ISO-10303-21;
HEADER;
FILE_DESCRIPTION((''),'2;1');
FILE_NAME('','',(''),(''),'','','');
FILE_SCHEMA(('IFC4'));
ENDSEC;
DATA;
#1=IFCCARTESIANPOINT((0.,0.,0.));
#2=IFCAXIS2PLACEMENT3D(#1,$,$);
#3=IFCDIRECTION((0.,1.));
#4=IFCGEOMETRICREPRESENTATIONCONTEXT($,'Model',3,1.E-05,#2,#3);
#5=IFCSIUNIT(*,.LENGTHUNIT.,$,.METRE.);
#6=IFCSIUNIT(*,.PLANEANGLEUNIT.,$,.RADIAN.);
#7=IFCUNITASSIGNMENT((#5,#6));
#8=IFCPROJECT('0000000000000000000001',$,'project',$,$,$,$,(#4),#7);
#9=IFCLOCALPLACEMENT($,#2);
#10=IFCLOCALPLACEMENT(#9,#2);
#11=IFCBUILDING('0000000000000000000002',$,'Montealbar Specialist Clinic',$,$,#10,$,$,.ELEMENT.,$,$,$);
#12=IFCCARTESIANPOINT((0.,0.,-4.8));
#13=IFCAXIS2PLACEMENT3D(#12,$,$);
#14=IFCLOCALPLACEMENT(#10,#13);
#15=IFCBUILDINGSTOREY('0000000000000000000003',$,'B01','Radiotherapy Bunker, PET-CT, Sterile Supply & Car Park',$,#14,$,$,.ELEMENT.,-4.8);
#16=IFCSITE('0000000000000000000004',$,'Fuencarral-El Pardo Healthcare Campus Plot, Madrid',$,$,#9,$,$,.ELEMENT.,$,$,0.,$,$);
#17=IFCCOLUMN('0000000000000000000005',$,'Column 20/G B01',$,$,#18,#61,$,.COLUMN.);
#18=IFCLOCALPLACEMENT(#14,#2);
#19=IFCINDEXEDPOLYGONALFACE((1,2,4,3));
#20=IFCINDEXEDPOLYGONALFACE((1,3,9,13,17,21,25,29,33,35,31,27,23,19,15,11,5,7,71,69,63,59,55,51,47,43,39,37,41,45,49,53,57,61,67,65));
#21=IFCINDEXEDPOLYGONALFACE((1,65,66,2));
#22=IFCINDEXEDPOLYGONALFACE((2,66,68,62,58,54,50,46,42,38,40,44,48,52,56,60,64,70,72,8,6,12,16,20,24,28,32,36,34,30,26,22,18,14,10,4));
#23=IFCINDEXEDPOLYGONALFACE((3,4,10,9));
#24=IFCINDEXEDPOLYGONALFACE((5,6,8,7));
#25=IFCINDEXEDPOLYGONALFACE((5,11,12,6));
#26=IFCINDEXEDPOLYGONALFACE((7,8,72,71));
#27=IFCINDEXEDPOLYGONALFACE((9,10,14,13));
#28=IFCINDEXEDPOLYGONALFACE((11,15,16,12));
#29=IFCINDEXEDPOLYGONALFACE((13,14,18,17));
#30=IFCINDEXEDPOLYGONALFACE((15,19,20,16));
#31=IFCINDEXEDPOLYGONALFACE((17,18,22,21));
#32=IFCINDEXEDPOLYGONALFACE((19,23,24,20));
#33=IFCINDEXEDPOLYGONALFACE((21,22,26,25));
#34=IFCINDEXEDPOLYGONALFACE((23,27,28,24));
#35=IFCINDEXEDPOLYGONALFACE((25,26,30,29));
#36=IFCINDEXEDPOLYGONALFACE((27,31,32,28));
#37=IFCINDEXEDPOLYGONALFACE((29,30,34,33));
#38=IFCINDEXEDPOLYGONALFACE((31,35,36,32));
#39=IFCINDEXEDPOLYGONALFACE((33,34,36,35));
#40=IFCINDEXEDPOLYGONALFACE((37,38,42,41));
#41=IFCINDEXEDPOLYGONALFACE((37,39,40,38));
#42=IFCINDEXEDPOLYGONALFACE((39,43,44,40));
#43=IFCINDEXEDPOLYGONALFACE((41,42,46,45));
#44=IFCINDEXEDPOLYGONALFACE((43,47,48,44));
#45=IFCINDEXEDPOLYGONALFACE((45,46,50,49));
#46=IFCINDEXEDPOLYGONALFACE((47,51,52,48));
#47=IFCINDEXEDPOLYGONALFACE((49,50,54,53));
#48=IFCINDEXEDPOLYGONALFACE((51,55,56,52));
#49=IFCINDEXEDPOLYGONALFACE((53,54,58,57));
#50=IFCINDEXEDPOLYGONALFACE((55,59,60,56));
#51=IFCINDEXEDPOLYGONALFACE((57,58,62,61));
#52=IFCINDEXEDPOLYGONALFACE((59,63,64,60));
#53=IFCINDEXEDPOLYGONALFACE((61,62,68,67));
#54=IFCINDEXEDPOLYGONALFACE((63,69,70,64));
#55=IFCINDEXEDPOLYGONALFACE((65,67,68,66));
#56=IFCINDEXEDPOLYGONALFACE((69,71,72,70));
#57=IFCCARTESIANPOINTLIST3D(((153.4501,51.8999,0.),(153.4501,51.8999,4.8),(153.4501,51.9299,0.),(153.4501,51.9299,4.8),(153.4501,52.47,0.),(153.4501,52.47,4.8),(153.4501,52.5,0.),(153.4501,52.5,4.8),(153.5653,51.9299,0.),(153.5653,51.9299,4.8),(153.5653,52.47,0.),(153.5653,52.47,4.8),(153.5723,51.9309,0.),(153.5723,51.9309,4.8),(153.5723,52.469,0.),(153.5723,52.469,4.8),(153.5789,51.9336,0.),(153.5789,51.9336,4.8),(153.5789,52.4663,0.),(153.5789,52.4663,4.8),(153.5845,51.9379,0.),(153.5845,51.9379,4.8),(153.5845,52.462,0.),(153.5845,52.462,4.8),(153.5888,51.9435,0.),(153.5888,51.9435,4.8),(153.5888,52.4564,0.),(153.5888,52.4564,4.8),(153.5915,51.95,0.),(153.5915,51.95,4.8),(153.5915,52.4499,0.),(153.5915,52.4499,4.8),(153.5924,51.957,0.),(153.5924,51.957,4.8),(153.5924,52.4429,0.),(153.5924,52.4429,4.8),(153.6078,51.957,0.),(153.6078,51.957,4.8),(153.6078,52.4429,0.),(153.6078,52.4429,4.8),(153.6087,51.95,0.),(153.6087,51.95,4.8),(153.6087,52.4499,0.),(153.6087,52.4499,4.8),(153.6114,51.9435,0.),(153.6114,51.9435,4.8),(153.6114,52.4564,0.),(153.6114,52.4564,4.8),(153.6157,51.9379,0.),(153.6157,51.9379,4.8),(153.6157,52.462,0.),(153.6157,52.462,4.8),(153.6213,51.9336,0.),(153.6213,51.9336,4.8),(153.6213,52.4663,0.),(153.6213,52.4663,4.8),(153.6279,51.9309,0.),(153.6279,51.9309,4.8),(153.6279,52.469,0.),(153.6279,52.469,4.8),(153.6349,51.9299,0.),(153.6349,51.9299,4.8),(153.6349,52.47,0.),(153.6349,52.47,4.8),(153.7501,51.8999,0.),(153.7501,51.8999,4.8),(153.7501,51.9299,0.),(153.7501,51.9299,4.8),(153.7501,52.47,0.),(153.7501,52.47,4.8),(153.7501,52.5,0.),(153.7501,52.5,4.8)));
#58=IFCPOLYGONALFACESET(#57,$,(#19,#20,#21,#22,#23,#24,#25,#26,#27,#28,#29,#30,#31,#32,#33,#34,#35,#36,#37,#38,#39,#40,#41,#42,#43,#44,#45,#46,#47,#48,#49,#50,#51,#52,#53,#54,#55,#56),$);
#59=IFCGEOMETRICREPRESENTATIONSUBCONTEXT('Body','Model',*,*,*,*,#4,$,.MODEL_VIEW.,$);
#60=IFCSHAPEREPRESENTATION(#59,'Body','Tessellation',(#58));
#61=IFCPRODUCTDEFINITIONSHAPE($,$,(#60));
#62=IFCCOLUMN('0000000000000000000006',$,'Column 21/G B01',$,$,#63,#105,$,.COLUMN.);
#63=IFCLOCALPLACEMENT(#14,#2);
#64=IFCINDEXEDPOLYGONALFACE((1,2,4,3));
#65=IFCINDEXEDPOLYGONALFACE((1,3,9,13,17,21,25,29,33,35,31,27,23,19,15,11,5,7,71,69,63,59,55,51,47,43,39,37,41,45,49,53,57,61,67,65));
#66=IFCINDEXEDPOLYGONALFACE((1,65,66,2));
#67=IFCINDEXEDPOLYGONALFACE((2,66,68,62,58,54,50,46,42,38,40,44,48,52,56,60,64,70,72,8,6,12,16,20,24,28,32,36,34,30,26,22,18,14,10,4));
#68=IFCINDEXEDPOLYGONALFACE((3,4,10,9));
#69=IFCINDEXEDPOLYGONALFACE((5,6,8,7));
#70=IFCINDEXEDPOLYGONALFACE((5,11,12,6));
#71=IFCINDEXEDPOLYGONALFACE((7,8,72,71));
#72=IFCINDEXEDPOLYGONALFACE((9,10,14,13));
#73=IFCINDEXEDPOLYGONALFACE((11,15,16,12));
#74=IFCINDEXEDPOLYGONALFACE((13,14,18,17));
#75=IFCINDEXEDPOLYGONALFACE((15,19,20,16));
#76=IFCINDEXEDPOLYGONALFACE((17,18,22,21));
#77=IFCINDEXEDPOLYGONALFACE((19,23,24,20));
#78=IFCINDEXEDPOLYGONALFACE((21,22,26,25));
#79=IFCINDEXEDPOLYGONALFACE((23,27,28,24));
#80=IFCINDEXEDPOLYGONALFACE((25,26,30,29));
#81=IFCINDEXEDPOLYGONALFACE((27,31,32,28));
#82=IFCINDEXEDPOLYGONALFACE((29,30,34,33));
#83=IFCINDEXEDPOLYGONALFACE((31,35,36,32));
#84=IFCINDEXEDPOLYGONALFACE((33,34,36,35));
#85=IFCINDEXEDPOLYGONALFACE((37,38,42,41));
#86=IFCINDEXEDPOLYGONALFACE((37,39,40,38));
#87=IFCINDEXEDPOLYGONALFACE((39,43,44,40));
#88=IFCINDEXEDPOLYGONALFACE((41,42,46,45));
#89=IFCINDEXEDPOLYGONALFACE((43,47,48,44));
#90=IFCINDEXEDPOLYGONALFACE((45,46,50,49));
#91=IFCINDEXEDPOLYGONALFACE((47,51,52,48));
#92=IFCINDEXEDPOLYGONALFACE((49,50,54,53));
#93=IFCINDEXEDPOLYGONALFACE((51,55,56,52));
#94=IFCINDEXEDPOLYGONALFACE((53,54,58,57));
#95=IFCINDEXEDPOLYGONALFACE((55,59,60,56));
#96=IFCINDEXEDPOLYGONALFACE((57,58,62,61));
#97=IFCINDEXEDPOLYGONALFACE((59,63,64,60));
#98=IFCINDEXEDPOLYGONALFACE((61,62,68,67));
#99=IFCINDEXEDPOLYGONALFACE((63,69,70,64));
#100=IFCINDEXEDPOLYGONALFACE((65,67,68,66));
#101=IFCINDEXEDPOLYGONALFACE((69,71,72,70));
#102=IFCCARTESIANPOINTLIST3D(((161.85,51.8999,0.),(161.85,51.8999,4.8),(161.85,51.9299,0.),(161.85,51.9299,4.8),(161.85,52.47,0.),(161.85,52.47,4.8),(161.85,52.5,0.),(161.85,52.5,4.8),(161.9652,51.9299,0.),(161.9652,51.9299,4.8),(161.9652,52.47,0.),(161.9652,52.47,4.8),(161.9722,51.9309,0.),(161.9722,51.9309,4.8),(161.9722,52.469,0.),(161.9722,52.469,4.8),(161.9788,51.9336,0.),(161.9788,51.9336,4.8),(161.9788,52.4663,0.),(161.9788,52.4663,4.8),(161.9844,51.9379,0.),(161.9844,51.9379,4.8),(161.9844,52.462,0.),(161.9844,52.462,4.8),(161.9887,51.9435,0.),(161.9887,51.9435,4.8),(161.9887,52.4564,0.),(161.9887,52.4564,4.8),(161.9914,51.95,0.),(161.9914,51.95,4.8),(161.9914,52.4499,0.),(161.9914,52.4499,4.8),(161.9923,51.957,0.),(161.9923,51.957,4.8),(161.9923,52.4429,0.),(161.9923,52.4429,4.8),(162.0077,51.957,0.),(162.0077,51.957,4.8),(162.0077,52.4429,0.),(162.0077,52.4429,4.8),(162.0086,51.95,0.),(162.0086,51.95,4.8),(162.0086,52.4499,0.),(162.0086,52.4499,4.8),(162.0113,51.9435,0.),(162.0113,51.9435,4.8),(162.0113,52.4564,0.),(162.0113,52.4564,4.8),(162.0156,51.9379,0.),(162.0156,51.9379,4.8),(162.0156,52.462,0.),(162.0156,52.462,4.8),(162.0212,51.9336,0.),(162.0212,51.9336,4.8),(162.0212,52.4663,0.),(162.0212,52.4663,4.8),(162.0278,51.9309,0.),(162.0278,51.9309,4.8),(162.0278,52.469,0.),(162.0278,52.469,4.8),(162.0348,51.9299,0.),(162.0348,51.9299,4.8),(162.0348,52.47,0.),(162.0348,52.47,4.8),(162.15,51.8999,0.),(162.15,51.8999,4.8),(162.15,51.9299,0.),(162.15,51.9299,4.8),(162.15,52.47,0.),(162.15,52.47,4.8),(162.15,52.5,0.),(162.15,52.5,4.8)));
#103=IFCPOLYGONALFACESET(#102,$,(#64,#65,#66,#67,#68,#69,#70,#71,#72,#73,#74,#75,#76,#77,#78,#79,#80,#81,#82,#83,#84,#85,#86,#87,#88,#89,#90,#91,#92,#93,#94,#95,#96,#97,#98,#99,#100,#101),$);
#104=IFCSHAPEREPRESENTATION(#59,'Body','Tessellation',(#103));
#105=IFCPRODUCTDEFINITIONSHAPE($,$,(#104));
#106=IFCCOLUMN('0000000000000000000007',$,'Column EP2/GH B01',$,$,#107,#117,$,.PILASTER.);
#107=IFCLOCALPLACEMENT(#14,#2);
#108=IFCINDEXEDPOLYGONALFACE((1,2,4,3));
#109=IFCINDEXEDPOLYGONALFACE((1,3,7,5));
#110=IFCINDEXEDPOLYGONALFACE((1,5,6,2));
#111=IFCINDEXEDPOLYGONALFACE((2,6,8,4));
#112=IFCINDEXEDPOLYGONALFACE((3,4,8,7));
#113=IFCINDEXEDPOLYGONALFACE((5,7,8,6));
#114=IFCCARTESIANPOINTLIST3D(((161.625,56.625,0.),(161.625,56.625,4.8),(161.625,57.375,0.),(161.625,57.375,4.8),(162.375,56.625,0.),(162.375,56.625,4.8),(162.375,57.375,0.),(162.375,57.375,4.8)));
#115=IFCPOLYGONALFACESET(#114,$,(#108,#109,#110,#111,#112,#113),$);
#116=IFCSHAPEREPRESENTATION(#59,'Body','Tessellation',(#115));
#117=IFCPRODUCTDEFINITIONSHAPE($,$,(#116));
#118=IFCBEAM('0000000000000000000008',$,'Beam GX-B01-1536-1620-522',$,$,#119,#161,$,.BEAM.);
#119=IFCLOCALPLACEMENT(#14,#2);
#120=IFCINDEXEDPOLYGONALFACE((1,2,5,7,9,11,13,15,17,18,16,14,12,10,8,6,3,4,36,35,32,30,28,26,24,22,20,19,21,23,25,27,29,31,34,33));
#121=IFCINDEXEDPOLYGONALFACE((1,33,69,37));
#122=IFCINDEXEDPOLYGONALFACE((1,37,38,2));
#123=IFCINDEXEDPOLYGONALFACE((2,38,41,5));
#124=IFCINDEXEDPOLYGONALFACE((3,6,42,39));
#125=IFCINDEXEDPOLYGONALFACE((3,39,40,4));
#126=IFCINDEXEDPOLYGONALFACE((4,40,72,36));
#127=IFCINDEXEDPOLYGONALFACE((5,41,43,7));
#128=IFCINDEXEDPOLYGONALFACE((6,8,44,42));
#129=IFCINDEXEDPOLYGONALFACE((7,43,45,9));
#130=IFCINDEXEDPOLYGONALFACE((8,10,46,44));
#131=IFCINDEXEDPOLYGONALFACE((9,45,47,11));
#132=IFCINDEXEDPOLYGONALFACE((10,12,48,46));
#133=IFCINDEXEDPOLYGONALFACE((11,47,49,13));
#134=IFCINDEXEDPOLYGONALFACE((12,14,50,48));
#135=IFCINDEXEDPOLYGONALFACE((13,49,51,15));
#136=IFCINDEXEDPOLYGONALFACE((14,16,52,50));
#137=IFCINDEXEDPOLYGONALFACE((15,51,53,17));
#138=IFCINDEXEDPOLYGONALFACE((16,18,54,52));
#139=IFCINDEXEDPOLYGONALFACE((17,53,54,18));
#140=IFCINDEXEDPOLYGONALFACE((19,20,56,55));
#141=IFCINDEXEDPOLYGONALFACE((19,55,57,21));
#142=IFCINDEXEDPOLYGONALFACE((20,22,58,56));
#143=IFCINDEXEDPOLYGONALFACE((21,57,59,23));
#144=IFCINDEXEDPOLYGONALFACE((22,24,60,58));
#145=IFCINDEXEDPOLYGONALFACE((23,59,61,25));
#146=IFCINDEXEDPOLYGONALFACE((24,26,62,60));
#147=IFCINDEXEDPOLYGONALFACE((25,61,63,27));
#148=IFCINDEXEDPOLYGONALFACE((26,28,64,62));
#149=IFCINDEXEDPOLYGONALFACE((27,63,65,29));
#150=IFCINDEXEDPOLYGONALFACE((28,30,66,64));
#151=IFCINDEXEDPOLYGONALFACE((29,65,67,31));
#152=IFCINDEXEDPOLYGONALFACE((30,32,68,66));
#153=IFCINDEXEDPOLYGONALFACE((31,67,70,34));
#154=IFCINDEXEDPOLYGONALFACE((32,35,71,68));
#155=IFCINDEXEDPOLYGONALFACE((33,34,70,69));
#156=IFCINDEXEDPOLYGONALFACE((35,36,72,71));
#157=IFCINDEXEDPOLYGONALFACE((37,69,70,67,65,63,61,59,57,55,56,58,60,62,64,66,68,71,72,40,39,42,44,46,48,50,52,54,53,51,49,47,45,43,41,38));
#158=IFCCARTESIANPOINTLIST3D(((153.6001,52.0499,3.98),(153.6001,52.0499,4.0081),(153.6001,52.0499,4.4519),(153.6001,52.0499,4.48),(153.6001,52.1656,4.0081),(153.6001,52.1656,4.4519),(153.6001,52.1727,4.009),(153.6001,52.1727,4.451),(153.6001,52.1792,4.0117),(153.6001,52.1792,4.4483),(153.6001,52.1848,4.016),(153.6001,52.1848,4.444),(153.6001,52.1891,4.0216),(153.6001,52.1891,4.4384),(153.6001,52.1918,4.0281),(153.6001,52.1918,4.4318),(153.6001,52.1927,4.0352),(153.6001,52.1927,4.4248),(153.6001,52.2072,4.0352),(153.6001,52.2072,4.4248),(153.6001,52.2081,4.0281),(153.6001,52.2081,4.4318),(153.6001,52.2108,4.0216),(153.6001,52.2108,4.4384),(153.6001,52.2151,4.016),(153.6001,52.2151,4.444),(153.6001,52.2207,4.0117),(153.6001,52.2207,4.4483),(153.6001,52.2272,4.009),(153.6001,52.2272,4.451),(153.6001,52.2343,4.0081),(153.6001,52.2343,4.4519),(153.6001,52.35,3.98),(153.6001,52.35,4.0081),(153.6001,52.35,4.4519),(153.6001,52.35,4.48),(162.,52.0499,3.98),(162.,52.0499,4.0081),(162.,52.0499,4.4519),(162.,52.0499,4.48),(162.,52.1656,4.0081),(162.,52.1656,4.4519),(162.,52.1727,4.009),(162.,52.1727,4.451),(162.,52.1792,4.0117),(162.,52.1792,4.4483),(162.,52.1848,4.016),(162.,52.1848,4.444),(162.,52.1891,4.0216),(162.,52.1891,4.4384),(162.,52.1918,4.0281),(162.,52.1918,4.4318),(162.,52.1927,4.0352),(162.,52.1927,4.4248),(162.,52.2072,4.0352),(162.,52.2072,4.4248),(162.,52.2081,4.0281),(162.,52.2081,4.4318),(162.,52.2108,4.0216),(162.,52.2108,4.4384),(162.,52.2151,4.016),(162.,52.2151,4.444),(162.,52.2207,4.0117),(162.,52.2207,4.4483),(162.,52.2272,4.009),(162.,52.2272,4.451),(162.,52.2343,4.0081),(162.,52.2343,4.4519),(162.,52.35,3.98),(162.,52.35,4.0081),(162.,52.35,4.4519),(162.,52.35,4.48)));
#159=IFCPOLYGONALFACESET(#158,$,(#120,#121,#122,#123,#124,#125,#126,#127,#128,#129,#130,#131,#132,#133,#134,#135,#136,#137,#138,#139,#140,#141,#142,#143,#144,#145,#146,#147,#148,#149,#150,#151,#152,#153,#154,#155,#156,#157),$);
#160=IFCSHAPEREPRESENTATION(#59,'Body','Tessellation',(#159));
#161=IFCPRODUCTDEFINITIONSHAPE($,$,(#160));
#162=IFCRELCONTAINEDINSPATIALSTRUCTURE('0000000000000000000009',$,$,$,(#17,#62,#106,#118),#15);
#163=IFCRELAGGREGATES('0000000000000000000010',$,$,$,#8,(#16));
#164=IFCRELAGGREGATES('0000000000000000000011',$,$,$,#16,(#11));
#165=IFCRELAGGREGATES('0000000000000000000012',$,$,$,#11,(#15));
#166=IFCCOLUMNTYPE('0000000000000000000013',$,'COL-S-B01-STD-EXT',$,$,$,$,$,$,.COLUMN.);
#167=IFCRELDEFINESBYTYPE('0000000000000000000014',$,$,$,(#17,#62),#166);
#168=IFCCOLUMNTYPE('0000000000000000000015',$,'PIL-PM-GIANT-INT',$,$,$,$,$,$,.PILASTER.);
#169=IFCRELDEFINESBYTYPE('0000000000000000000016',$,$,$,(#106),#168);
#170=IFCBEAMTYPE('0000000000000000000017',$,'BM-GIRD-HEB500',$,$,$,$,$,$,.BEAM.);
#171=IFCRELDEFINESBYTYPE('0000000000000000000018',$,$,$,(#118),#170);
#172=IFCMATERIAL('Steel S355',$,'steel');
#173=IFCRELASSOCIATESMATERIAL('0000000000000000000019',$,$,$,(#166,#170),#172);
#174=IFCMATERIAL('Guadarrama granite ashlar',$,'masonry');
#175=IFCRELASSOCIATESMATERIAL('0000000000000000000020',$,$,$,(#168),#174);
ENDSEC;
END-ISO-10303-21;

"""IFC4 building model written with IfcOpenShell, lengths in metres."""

from ifc_helpers import new_model, si_unit, direction, frame, origin, origin_2d, place, context, subcontext, project, spatial, rectangle, i_section, extrude, material, material_profile, profile_set, type_object, element, save


model = new_model("IFC4")

# Units and contexts
model_context = context("Model", 3, precision=1e-05, world=origin(), true_north=direction((0.0, 1.0)))
body_context = subcontext(model_context, "Body", "Model", "MODEL_VIEW")
ifc_project = project(units=[si_unit("LENGTHUNIT", "METRE"), si_unit("PLANEANGLEUNIT", "RADIAN")], contexts=[model_context])

# Site, building, storey
site_placement = place(None, origin())
site = spatial("IfcSite", under=ifc_project, at=site_placement, Name="Fuencarral-El Pardo Healthcare Campus Plot, Madrid", CompositionType="ELEMENT", RefElevation=0.0)
building_placement = place(site_placement, origin())
building = spatial("IfcBuilding", under=site, at=building_placement, Name="Montealbar Specialist Clinic", CompositionType="ELEMENT")
storey_placement = place(building_placement, frame((0.0, 0.0, -4.8)))
storey = spatial("IfcBuildingStorey", under=building, at=storey_placement, Name="B01", Description="Radiotherapy Bunker, PET-CT, Sterile Supply & Car Park", CompositionType="ELEMENT", Elevation=-4.8)

# Columns
ifc_material_1 = material(Name="Steel S355", Category="steel")
ifc_material_profile_1 = material_profile(ifc_material_1, i_section(OverallWidth=0.3, OverallDepth=0.6001, WebThickness=0.0154, FlangeThickness=0.03, FilletRadius=0.0271, at=origin_2d()), Name="HEB 600", Category="steel")
ifc_profile_set_1 = profile_set([ifc_material_profile_1], Name="Steel S355")
column_type_1 = type_object("IfcColumnType", Name="COL-S-B01-STD-EXT", PredefinedType="COLUMN", material=ifc_profile_set_1)
for number, where, z_axis, x_axis, name in (
    (1, (153.6001, 52.2, 0.0), (0.0, 0.0, 1.0), (1.0, 0.0, 0.0), "Column 20/G B01"),
    (2, (162.0, 52.2, 0.0), (0.0, 0.0, 1.0), (1.0, 0.0, 0.0), "Column 21/G B01"),
):
    element("IfcColumn", number, at=place(storey_placement, frame(where, z_axis=z_axis, x_axis=x_axis)), inside=storey, type_object=column_type_1, Name=name, PredefinedType="COLUMN", context=body_context, shape_type="SweptSolid", body=[
        extrude(i_section(OverallWidth=0.3, OverallDepth=0.6001, WebThickness=0.0154, FlangeThickness=0.03, FilletRadius=0.0271, at=origin_2d()), origin(), (0.0, 0.0, 1.0), 4.8),
    ])
ifc_material_2 = material(Name="Guadarrama granite ashlar", Category="masonry")
ifc_material_profile_2 = material_profile(ifc_material_2, rectangle(XDim=0.75, YDim=0.75, at=origin_2d()), Name="GRANITE PILASTER 750x750", Category="masonry")
ifc_profile_set_2 = profile_set([ifc_material_profile_2], Name="Guadarrama granite ashlar")
column_type_2 = type_object("IfcColumnType", Name="PIL-PM-GIANT-INT", PredefinedType="PILASTER", material=ifc_profile_set_2)
column_placement = place(storey_placement, frame((162.0, 57.0, 0.0), z_axis=(0.0, 0.0, 1.0), x_axis=(1.0, 0.0, 0.0)))
element("IfcColumn", 3, at=column_placement, inside=storey, type_object=column_type_2, Name="Column EP2/GH B01", PredefinedType="PILASTER", context=body_context, shape_type="SweptSolid", body=[
    extrude(rectangle(XDim=0.75, YDim=0.75, at=origin_2d()), origin(), (0.0, 0.0, 1.0), 4.8),
])

# Beam
ifc_material_profile_3 = material_profile(ifc_material_1, i_section(OverallWidth=0.3, OverallDepth=0.5, WebThickness=0.0144, FlangeThickness=0.0281, FilletRadius=0.0271, at=origin_2d()), Name="HEB 500", Category="steel")
ifc_profile_set_3 = profile_set([ifc_material_profile_3], Name="Steel S355")
beam_type_1 = type_object("IfcBeamType", Name="BM-GIRD-HEB500", PredefinedType="BEAM", material=ifc_profile_set_3)
beam_1_placement = place(storey_placement, frame((153.6001, 52.2, 4.23), z_axis=(1.0, 0.0, 0.0), x_axis=(0.0, 1.0, 0.0)))
element("IfcBeam", 4, at=beam_1_placement, inside=storey, type_object=beam_type_1, Name="Beam GX-B01-1536-1620-522", PredefinedType="BEAM", context=body_context, shape_type="SweptSolid", body=[
    extrude(i_section(OverallWidth=0.3, OverallDepth=0.5, WebThickness=0.0144, FlangeThickness=0.0281, FilletRadius=0.0271, at=origin_2d()), origin(), (0.0, 0.0, 1.0), 8.3999),
])

save(model, "model.ifc")
